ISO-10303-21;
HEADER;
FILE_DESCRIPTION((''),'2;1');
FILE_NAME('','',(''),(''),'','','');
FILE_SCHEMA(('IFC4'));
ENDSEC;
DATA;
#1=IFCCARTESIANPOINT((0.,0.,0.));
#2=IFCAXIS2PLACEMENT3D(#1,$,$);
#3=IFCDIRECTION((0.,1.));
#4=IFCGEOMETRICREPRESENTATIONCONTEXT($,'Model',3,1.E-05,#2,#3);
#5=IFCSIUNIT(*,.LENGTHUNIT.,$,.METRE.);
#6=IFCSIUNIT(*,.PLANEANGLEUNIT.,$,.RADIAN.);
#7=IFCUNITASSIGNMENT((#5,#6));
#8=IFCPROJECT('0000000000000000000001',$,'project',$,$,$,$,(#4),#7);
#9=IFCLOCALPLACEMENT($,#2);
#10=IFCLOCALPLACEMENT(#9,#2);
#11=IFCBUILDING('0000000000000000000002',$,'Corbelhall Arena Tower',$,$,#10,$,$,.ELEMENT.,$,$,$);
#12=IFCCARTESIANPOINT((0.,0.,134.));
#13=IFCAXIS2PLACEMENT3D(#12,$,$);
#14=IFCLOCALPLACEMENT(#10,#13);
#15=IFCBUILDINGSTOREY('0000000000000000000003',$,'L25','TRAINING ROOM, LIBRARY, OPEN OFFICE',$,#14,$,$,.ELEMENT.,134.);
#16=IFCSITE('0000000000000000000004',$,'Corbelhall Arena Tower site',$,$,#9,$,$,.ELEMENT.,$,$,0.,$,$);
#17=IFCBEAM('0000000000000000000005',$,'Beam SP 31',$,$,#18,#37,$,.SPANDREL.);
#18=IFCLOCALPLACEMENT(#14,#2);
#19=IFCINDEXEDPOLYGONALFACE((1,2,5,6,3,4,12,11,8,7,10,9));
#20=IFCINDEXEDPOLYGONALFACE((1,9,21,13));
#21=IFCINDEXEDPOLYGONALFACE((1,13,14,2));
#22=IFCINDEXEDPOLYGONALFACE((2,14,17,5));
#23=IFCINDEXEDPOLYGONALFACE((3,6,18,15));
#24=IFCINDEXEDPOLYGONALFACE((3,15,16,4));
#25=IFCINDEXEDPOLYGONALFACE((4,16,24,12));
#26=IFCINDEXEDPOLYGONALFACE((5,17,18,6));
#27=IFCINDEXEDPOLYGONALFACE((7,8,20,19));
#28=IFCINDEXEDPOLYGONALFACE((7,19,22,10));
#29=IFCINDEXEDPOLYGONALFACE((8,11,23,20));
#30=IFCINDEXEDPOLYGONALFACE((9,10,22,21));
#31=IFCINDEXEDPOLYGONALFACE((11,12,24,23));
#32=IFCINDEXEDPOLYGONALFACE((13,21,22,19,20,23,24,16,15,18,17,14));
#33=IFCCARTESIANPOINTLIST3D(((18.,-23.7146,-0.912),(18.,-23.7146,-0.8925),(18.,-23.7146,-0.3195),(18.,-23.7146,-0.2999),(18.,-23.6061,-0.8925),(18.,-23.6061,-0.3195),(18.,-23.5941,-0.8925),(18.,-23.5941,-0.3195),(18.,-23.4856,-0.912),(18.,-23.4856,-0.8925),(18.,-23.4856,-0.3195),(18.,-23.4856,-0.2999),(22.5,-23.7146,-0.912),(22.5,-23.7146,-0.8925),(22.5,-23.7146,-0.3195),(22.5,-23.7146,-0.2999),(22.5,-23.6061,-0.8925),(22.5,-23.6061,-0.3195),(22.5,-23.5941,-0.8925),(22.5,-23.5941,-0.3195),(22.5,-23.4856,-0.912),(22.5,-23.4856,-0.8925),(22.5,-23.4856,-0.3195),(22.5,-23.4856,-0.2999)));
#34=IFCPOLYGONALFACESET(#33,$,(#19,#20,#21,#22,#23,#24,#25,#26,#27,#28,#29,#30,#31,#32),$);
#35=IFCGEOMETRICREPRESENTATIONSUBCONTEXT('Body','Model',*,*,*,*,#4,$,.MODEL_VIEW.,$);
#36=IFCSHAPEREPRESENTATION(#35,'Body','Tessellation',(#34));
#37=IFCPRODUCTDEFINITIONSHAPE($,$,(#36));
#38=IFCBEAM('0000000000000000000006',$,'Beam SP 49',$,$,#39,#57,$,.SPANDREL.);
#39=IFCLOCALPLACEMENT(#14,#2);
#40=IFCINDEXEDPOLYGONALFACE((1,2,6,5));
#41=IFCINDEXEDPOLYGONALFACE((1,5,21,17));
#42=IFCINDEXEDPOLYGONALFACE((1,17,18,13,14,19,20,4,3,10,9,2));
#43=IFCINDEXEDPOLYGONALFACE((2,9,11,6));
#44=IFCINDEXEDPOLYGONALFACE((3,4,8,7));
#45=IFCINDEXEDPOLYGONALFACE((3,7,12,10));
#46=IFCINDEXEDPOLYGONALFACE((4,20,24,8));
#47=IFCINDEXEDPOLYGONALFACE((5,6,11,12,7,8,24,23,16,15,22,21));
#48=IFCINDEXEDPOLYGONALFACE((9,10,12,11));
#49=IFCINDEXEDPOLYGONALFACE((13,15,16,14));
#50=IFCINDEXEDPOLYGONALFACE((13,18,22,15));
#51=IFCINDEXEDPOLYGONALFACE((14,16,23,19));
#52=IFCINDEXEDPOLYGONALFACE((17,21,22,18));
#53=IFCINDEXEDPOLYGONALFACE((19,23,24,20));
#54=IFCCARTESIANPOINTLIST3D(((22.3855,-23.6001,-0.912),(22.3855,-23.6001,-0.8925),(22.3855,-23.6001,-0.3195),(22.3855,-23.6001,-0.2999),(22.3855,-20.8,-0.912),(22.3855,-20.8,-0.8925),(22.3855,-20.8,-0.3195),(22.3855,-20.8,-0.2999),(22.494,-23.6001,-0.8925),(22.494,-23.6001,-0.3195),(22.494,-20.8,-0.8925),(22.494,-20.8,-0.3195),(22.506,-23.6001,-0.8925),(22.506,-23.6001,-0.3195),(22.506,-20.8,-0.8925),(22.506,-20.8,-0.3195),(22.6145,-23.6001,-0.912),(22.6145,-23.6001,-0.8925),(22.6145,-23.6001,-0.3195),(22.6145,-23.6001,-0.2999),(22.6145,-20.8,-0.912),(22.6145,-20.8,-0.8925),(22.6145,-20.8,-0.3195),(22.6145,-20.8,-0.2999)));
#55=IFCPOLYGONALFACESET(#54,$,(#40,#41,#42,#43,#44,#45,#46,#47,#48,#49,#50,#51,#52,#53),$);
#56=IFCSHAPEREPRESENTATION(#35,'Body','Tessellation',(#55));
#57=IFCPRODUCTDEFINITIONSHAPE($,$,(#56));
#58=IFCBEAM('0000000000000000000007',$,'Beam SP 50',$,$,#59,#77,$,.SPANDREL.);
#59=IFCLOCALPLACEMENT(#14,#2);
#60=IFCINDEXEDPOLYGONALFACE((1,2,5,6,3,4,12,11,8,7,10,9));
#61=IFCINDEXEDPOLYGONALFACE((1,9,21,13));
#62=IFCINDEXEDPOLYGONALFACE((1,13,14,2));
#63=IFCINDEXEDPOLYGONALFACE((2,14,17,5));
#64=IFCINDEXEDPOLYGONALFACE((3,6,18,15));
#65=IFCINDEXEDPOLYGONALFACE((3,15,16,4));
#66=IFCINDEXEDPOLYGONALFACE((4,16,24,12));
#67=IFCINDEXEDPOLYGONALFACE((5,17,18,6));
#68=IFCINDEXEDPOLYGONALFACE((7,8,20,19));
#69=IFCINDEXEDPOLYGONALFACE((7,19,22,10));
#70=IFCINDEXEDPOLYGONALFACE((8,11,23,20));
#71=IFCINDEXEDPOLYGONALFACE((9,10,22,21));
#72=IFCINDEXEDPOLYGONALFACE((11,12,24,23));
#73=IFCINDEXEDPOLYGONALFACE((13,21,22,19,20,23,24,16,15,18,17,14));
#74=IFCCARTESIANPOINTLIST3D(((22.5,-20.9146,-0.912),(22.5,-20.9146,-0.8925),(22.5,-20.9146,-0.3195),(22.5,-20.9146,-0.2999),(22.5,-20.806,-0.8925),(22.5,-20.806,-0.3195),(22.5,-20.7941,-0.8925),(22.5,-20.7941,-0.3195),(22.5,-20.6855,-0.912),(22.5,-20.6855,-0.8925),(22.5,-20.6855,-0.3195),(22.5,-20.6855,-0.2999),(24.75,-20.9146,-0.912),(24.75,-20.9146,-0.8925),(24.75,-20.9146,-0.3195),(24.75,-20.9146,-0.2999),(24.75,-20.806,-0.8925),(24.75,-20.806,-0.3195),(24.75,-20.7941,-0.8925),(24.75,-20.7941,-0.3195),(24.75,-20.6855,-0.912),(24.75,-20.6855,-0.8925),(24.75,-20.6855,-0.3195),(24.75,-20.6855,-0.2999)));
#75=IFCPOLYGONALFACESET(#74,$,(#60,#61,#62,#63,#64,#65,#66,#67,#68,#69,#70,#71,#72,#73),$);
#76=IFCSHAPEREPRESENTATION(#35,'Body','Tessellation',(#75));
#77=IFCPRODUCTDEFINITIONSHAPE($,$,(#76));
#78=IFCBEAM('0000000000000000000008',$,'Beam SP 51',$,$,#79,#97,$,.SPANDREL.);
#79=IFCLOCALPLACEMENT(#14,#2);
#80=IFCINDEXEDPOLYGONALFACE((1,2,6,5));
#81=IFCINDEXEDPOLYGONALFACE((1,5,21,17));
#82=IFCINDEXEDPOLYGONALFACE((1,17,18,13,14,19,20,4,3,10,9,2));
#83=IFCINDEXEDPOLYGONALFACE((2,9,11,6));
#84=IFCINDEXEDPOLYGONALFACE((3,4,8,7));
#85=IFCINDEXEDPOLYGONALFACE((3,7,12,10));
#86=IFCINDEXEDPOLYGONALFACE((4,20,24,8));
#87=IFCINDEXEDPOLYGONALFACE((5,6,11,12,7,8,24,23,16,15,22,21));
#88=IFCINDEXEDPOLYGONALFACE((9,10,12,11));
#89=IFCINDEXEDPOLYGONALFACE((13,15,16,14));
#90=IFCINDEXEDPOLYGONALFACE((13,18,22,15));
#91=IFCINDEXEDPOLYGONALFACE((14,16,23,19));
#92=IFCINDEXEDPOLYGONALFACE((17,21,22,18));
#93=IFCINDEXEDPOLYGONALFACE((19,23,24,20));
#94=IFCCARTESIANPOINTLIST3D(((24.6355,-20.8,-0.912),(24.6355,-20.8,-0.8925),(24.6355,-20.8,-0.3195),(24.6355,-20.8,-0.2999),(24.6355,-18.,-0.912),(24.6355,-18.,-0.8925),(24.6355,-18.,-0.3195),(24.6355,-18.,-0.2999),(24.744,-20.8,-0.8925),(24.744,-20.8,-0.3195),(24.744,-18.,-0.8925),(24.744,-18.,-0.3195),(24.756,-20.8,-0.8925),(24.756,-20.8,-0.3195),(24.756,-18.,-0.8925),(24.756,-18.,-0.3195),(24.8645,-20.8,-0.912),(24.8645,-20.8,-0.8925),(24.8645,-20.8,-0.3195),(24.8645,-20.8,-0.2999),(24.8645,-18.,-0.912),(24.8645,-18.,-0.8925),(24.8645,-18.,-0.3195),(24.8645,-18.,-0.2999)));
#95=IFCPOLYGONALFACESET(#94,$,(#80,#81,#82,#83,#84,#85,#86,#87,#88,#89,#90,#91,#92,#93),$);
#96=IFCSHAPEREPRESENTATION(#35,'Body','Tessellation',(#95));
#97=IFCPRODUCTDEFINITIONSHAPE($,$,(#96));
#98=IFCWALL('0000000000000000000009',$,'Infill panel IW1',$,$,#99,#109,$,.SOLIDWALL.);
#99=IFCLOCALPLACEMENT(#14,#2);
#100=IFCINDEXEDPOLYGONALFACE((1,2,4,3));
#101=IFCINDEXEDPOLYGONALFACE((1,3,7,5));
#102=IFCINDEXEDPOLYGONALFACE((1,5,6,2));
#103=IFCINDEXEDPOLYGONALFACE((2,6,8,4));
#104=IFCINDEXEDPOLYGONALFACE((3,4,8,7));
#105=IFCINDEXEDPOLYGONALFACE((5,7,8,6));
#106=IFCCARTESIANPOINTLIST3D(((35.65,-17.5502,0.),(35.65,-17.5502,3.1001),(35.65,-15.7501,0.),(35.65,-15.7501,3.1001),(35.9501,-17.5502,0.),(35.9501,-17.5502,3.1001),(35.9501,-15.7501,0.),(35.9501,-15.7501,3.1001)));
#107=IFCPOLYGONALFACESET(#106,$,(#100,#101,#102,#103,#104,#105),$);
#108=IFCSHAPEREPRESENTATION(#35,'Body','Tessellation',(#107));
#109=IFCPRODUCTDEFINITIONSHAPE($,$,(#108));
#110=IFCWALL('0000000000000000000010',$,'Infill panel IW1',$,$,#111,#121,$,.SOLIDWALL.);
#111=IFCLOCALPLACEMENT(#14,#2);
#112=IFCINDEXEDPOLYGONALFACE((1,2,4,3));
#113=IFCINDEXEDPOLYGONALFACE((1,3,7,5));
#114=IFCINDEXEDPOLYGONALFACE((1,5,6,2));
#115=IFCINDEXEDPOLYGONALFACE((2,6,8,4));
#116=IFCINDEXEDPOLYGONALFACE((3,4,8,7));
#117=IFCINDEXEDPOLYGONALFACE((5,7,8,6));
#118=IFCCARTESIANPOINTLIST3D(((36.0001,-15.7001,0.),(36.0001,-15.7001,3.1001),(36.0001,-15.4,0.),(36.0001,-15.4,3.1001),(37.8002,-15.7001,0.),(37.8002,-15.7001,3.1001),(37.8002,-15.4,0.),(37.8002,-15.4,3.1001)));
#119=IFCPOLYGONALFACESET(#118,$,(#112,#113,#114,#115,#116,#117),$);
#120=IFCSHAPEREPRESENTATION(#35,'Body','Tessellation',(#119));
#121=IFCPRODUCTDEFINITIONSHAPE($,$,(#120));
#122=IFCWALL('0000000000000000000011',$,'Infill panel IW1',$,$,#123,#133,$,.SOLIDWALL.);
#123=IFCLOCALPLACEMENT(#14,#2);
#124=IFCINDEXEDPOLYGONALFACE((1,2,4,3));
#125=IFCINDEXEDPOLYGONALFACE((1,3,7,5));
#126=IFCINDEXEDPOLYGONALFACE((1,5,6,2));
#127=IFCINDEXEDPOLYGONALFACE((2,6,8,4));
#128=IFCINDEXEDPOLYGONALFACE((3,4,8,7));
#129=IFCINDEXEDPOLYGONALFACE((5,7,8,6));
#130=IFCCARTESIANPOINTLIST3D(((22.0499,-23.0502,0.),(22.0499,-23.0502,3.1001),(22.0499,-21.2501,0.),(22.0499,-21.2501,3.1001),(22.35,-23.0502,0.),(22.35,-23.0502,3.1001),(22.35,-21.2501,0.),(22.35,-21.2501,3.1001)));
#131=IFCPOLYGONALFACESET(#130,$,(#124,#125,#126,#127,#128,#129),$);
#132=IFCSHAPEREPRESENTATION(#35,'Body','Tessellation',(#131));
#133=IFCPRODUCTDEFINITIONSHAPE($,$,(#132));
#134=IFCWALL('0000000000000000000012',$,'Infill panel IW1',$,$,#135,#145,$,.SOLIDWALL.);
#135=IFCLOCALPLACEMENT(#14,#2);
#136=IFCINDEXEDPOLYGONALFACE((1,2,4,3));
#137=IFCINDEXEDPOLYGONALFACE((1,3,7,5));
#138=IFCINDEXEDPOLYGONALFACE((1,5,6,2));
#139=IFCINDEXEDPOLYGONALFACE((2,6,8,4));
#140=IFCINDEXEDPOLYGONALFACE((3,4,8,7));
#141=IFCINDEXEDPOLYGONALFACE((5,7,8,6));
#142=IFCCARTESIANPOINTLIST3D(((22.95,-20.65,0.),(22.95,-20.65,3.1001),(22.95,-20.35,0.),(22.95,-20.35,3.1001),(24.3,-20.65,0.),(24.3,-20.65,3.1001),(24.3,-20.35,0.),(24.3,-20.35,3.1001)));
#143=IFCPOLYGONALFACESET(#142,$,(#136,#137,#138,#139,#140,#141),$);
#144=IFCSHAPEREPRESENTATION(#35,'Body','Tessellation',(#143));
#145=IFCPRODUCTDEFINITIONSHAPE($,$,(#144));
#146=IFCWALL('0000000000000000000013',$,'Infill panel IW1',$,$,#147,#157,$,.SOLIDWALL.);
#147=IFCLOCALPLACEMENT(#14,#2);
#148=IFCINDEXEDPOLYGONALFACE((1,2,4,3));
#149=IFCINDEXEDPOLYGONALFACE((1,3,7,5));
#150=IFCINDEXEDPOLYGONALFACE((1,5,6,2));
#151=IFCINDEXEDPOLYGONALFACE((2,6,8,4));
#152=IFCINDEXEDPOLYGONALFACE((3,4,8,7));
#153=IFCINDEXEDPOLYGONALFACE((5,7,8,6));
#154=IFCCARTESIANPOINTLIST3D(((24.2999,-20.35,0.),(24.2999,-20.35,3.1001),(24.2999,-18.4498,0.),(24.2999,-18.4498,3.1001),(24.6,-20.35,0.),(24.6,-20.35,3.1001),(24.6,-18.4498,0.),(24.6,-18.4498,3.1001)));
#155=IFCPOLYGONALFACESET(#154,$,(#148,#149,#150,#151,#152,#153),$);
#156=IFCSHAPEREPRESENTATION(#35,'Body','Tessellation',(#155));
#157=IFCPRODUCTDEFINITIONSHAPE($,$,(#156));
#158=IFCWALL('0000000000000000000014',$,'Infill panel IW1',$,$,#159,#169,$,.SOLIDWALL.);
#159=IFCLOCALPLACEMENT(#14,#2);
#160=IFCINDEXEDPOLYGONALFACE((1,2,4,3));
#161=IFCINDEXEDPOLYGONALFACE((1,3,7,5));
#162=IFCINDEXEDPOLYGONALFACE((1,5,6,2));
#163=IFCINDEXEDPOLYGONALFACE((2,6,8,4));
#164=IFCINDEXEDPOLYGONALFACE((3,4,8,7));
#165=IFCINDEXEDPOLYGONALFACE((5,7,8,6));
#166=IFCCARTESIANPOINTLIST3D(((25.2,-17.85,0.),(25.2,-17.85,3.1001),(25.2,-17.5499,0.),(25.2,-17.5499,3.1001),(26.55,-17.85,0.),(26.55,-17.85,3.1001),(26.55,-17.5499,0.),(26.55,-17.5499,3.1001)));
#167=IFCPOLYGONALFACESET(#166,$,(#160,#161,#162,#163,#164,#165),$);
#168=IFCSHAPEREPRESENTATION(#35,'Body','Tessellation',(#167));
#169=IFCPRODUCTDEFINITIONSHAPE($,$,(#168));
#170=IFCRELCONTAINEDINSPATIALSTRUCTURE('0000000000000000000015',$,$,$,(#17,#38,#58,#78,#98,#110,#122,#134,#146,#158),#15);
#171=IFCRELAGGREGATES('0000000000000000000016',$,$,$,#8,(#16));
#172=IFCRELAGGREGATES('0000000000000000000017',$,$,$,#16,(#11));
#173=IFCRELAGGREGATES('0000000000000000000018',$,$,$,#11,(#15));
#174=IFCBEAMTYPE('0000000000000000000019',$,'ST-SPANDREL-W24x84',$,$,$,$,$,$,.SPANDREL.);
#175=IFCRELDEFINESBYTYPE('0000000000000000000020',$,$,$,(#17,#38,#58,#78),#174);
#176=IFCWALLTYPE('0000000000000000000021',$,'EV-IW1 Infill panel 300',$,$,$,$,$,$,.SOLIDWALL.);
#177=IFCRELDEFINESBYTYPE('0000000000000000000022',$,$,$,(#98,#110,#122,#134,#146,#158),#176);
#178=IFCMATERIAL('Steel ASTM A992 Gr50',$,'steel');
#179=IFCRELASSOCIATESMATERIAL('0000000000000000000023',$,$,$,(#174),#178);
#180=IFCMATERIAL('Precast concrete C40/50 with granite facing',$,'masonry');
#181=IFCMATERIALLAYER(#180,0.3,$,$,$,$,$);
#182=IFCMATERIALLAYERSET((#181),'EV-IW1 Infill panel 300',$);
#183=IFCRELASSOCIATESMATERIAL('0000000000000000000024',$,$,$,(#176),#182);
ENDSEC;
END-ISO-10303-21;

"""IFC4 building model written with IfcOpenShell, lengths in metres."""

from ifc_helpers import new_model, si_unit, direction, frame, frame_2d, origin, origin_2d, place, context, subcontext, project, spatial, rectangle, i_section, extrude, material, layer, layer_set, material_profile, profile_set, type_object, element, save


model = new_model("IFC4")

# Units and contexts
model_context = context("Model", 3, precision=1e-05, world=origin(), true_north=direction((0.0, 1.0)))
body_context = subcontext(model_context, "Body", "Model", "MODEL_VIEW")
ifc_project = project(units=[si_unit("LENGTHUNIT", "METRE"), si_unit("PLANEANGLEUNIT", "RADIAN")], contexts=[model_context])

# Site, building, storey
site_placement = place(None, origin())
site = spatial("IfcSite", under=ifc_project, at=site_placement, Name="Corbelhall Arena Tower site", CompositionType="ELEMENT", RefElevation=0.0)
building_placement = place(site_placement, origin())
building = spatial("IfcBuilding", under=site, at=building_placement, Name="Corbelhall Arena Tower", CompositionType="ELEMENT")
storey_placement = place(building_placement, frame((0.0, 0.0, 134.0)))
storey = spatial("IfcBuildingStorey", under=building, at=storey_placement, Name="L25", Description="TRAINING ROOM, LIBRARY, OPEN OFFICE", CompositionType="ELEMENT", Elevation=134.0)

# Beams
ifc_material_1 = material(Name="Steel ASTM A992 Gr50", Category="steel")
ifc_material_profile_1 = material_profile(ifc_material_1, i_section(OverallWidth=0.229, OverallDepth=0.6121, WebThickness=0.012, FlangeThickness=0.0195, at=origin_2d()))
ifc_profile_set_1 = profile_set([ifc_material_profile_1], Name="Steel ASTM A992 Gr50")
beam_type = type_object("IfcBeamType", Name="ST-SPANDREL-W24x84", PredefinedType="SPANDREL", material=ifc_profile_set_1)
for number, where, z_axis, x_axis, name in (
    (1, (22.5, -23.6001, -0.606), (-1.0, 0.0, 0.0), (0.0, -1.0, 0.0), "Beam SP 31"),
):
    element("IfcBeam", number, at=place(storey_placement, frame(where, z_axis=z_axis, x_axis=x_axis)), inside=storey, type_object=beam_type, Name=name, PredefinedType="SPANDREL", context=body_context, shape_type="SweptSolid", body=[
        extrude(i_section(OverallWidth=0.229, OverallDepth=0.6121, WebThickness=0.012, FlangeThickness=0.0195, at=origin_2d()), origin(), (0.0, 0.0, 1.0), 4.5),
    ])
beam_1_placement = place(storey_placement, frame((22.5, -20.8, -0.606), z_axis=(0.0, -1.0, 0.0), x_axis=(1.0, 0.0, 0.0)))
element("IfcBeam", 2, at=beam_1_placement, inside=storey, type_object=beam_type, Name="Beam SP 49", PredefinedType="SPANDREL", context=body_context, shape_type="SweptSolid", body=[
    extrude(i_section(OverallWidth=0.229, OverallDepth=0.6121, WebThickness=0.012, FlangeThickness=0.0195, at=origin_2d()), origin(), (0.0, 0.0, 1.0), 2.8),
])
beam_2_placement = place(storey_placement, frame((24.75, -20.8, -0.606), z_axis=(-1.0, 0.0, 0.0), x_axis=(0.0, -1.0, 0.0)))
element("IfcBeam", 3, at=beam_2_placement, inside=storey, type_object=beam_type, Name="Beam SP 50", PredefinedType="SPANDREL", context=body_context, shape_type="SweptSolid", body=[
    extrude(i_section(OverallWidth=0.229, OverallDepth=0.6121, WebThickness=0.012, FlangeThickness=0.0195, at=origin_2d()), origin(), (0.0, 0.0, 1.0), 2.25),
])
beam_3_placement = place(storey_placement, frame((24.75, -18.0, -0.606), z_axis=(0.0, -1.0, 0.0), x_axis=(1.0, 0.0, 0.0)))
element("IfcBeam", 4, at=beam_3_placement, inside=storey, type_object=beam_type, Name="Beam SP 51", PredefinedType="SPANDREL", context=body_context, shape_type="SweptSolid", body=[
    extrude(i_section(OverallWidth=0.229, OverallDepth=0.6121, WebThickness=0.012, FlangeThickness=0.0195, at=origin_2d()), origin(), (0.0, 0.0, 1.0), 2.8),
])

# Walls
ifc_material_2 = material(Name="Precast concrete C40/50 with granite facing", Category="masonry")
ifc_layer = layer(ifc_material_2, 0.3)
ifc_layer_set = layer_set([ifc_layer], Name="EV-IW1 Infill panel 300")
wall_type = type_object("IfcWallType", Name="EV-IW1 Infill panel 300", PredefinedType="SOLIDWALL", material=ifc_layer_set)
for number, where, z_axis, x_axis, name in (
    (5, (35.8, -17.55, 0.0), (0.0, 0.0, 1.0), (0.0, 1.0, 0.0), "Infill panel IW1"),
    (6, (37.8, -15.55, 0.0), (0.0, 0.0, 1.0), (-1.0, 0.0, 0.0), "Infill panel IW1"),
):
    element("IfcWall", number, at=place(storey_placement, frame(where, z_axis=z_axis, x_axis=x_axis)), inside=storey, type_object=wall_type, Name=name, PredefinedType="SOLIDWALL", context=body_context, shape_type="SweptSolid", body=[
        extrude(rectangle(XDim=1.8, YDim=0.3, at=frame_2d((0.8999, 0.0))), origin(), (0.0, 0.0, 1.0), 3.1001),
    ])

# Walls
wall_1_placement = place(storey_placement, frame((22.2, -23.05, 0.0), z_axis=(0.0, 0.0, 1.0), x_axis=(0.0, 1.0, 0.0)))
element("IfcWall", 7, at=wall_1_placement, inside=storey, type_object=wall_type, Name="Infill panel IW1", PredefinedType="SOLIDWALL", context=body_context, shape_type="SweptSolid", body=[
    extrude(rectangle(XDim=1.8, YDim=0.3, at=frame_2d((0.8999, 0.0))), origin(), (0.0, 0.0, 1.0), 3.1001),
])
wall_2_placement = place(storey_placement, frame((22.95, -20.5, 0.0), z_axis=(0.0, 0.0, 1.0), x_axis=(1.0, 0.0, 0.0)))
element("IfcWall", 8, at=wall_2_placement, inside=storey, type_object=wall_type, Name="Infill panel IW1", PredefinedType="SOLIDWALL", context=body_context, shape_type="SweptSolid", body=[
    extrude(rectangle(XDim=1.3501, YDim=0.3, at=frame_2d((0.675, 0.0))), origin(), (0.0, 0.0, 1.0), 3.1001),
])
wall_3_placement = place(storey_placement, frame((24.45, -20.3501, 0.0), z_axis=(0.0, 0.0, 1.0), x_axis=(0.0, 1.0, 0.0)))
element("IfcWall", 9, at=wall_3_placement, inside=storey, type_object=wall_type, Name="Infill panel IW1", PredefinedType="SOLIDWALL", context=body_context, shape_type="SweptSolid", body=[
    extrude(rectangle(XDim=1.9001, YDim=0.3, at=frame_2d((0.9502, 0.0))), origin(), (0.0, 0.0, 1.0), 3.1001),
])
wall_4_placement = place(storey_placement, frame((25.2, -17.7, 0.0), z_axis=(0.0, 0.0, 1.0), x_axis=(1.0, 0.0, 0.0)))
element("IfcWall", 10, at=wall_4_placement, inside=storey, type_object=wall_type, Name="Infill panel IW1", PredefinedType="SOLIDWALL", context=body_context, shape_type="SweptSolid", body=[
    extrude(rectangle(XDim=1.3501, YDim=0.3, at=frame_2d((0.675, 0.0))), origin(), (0.0, 0.0, 1.0), 3.1001),
])

save(model, "model.ifc")
